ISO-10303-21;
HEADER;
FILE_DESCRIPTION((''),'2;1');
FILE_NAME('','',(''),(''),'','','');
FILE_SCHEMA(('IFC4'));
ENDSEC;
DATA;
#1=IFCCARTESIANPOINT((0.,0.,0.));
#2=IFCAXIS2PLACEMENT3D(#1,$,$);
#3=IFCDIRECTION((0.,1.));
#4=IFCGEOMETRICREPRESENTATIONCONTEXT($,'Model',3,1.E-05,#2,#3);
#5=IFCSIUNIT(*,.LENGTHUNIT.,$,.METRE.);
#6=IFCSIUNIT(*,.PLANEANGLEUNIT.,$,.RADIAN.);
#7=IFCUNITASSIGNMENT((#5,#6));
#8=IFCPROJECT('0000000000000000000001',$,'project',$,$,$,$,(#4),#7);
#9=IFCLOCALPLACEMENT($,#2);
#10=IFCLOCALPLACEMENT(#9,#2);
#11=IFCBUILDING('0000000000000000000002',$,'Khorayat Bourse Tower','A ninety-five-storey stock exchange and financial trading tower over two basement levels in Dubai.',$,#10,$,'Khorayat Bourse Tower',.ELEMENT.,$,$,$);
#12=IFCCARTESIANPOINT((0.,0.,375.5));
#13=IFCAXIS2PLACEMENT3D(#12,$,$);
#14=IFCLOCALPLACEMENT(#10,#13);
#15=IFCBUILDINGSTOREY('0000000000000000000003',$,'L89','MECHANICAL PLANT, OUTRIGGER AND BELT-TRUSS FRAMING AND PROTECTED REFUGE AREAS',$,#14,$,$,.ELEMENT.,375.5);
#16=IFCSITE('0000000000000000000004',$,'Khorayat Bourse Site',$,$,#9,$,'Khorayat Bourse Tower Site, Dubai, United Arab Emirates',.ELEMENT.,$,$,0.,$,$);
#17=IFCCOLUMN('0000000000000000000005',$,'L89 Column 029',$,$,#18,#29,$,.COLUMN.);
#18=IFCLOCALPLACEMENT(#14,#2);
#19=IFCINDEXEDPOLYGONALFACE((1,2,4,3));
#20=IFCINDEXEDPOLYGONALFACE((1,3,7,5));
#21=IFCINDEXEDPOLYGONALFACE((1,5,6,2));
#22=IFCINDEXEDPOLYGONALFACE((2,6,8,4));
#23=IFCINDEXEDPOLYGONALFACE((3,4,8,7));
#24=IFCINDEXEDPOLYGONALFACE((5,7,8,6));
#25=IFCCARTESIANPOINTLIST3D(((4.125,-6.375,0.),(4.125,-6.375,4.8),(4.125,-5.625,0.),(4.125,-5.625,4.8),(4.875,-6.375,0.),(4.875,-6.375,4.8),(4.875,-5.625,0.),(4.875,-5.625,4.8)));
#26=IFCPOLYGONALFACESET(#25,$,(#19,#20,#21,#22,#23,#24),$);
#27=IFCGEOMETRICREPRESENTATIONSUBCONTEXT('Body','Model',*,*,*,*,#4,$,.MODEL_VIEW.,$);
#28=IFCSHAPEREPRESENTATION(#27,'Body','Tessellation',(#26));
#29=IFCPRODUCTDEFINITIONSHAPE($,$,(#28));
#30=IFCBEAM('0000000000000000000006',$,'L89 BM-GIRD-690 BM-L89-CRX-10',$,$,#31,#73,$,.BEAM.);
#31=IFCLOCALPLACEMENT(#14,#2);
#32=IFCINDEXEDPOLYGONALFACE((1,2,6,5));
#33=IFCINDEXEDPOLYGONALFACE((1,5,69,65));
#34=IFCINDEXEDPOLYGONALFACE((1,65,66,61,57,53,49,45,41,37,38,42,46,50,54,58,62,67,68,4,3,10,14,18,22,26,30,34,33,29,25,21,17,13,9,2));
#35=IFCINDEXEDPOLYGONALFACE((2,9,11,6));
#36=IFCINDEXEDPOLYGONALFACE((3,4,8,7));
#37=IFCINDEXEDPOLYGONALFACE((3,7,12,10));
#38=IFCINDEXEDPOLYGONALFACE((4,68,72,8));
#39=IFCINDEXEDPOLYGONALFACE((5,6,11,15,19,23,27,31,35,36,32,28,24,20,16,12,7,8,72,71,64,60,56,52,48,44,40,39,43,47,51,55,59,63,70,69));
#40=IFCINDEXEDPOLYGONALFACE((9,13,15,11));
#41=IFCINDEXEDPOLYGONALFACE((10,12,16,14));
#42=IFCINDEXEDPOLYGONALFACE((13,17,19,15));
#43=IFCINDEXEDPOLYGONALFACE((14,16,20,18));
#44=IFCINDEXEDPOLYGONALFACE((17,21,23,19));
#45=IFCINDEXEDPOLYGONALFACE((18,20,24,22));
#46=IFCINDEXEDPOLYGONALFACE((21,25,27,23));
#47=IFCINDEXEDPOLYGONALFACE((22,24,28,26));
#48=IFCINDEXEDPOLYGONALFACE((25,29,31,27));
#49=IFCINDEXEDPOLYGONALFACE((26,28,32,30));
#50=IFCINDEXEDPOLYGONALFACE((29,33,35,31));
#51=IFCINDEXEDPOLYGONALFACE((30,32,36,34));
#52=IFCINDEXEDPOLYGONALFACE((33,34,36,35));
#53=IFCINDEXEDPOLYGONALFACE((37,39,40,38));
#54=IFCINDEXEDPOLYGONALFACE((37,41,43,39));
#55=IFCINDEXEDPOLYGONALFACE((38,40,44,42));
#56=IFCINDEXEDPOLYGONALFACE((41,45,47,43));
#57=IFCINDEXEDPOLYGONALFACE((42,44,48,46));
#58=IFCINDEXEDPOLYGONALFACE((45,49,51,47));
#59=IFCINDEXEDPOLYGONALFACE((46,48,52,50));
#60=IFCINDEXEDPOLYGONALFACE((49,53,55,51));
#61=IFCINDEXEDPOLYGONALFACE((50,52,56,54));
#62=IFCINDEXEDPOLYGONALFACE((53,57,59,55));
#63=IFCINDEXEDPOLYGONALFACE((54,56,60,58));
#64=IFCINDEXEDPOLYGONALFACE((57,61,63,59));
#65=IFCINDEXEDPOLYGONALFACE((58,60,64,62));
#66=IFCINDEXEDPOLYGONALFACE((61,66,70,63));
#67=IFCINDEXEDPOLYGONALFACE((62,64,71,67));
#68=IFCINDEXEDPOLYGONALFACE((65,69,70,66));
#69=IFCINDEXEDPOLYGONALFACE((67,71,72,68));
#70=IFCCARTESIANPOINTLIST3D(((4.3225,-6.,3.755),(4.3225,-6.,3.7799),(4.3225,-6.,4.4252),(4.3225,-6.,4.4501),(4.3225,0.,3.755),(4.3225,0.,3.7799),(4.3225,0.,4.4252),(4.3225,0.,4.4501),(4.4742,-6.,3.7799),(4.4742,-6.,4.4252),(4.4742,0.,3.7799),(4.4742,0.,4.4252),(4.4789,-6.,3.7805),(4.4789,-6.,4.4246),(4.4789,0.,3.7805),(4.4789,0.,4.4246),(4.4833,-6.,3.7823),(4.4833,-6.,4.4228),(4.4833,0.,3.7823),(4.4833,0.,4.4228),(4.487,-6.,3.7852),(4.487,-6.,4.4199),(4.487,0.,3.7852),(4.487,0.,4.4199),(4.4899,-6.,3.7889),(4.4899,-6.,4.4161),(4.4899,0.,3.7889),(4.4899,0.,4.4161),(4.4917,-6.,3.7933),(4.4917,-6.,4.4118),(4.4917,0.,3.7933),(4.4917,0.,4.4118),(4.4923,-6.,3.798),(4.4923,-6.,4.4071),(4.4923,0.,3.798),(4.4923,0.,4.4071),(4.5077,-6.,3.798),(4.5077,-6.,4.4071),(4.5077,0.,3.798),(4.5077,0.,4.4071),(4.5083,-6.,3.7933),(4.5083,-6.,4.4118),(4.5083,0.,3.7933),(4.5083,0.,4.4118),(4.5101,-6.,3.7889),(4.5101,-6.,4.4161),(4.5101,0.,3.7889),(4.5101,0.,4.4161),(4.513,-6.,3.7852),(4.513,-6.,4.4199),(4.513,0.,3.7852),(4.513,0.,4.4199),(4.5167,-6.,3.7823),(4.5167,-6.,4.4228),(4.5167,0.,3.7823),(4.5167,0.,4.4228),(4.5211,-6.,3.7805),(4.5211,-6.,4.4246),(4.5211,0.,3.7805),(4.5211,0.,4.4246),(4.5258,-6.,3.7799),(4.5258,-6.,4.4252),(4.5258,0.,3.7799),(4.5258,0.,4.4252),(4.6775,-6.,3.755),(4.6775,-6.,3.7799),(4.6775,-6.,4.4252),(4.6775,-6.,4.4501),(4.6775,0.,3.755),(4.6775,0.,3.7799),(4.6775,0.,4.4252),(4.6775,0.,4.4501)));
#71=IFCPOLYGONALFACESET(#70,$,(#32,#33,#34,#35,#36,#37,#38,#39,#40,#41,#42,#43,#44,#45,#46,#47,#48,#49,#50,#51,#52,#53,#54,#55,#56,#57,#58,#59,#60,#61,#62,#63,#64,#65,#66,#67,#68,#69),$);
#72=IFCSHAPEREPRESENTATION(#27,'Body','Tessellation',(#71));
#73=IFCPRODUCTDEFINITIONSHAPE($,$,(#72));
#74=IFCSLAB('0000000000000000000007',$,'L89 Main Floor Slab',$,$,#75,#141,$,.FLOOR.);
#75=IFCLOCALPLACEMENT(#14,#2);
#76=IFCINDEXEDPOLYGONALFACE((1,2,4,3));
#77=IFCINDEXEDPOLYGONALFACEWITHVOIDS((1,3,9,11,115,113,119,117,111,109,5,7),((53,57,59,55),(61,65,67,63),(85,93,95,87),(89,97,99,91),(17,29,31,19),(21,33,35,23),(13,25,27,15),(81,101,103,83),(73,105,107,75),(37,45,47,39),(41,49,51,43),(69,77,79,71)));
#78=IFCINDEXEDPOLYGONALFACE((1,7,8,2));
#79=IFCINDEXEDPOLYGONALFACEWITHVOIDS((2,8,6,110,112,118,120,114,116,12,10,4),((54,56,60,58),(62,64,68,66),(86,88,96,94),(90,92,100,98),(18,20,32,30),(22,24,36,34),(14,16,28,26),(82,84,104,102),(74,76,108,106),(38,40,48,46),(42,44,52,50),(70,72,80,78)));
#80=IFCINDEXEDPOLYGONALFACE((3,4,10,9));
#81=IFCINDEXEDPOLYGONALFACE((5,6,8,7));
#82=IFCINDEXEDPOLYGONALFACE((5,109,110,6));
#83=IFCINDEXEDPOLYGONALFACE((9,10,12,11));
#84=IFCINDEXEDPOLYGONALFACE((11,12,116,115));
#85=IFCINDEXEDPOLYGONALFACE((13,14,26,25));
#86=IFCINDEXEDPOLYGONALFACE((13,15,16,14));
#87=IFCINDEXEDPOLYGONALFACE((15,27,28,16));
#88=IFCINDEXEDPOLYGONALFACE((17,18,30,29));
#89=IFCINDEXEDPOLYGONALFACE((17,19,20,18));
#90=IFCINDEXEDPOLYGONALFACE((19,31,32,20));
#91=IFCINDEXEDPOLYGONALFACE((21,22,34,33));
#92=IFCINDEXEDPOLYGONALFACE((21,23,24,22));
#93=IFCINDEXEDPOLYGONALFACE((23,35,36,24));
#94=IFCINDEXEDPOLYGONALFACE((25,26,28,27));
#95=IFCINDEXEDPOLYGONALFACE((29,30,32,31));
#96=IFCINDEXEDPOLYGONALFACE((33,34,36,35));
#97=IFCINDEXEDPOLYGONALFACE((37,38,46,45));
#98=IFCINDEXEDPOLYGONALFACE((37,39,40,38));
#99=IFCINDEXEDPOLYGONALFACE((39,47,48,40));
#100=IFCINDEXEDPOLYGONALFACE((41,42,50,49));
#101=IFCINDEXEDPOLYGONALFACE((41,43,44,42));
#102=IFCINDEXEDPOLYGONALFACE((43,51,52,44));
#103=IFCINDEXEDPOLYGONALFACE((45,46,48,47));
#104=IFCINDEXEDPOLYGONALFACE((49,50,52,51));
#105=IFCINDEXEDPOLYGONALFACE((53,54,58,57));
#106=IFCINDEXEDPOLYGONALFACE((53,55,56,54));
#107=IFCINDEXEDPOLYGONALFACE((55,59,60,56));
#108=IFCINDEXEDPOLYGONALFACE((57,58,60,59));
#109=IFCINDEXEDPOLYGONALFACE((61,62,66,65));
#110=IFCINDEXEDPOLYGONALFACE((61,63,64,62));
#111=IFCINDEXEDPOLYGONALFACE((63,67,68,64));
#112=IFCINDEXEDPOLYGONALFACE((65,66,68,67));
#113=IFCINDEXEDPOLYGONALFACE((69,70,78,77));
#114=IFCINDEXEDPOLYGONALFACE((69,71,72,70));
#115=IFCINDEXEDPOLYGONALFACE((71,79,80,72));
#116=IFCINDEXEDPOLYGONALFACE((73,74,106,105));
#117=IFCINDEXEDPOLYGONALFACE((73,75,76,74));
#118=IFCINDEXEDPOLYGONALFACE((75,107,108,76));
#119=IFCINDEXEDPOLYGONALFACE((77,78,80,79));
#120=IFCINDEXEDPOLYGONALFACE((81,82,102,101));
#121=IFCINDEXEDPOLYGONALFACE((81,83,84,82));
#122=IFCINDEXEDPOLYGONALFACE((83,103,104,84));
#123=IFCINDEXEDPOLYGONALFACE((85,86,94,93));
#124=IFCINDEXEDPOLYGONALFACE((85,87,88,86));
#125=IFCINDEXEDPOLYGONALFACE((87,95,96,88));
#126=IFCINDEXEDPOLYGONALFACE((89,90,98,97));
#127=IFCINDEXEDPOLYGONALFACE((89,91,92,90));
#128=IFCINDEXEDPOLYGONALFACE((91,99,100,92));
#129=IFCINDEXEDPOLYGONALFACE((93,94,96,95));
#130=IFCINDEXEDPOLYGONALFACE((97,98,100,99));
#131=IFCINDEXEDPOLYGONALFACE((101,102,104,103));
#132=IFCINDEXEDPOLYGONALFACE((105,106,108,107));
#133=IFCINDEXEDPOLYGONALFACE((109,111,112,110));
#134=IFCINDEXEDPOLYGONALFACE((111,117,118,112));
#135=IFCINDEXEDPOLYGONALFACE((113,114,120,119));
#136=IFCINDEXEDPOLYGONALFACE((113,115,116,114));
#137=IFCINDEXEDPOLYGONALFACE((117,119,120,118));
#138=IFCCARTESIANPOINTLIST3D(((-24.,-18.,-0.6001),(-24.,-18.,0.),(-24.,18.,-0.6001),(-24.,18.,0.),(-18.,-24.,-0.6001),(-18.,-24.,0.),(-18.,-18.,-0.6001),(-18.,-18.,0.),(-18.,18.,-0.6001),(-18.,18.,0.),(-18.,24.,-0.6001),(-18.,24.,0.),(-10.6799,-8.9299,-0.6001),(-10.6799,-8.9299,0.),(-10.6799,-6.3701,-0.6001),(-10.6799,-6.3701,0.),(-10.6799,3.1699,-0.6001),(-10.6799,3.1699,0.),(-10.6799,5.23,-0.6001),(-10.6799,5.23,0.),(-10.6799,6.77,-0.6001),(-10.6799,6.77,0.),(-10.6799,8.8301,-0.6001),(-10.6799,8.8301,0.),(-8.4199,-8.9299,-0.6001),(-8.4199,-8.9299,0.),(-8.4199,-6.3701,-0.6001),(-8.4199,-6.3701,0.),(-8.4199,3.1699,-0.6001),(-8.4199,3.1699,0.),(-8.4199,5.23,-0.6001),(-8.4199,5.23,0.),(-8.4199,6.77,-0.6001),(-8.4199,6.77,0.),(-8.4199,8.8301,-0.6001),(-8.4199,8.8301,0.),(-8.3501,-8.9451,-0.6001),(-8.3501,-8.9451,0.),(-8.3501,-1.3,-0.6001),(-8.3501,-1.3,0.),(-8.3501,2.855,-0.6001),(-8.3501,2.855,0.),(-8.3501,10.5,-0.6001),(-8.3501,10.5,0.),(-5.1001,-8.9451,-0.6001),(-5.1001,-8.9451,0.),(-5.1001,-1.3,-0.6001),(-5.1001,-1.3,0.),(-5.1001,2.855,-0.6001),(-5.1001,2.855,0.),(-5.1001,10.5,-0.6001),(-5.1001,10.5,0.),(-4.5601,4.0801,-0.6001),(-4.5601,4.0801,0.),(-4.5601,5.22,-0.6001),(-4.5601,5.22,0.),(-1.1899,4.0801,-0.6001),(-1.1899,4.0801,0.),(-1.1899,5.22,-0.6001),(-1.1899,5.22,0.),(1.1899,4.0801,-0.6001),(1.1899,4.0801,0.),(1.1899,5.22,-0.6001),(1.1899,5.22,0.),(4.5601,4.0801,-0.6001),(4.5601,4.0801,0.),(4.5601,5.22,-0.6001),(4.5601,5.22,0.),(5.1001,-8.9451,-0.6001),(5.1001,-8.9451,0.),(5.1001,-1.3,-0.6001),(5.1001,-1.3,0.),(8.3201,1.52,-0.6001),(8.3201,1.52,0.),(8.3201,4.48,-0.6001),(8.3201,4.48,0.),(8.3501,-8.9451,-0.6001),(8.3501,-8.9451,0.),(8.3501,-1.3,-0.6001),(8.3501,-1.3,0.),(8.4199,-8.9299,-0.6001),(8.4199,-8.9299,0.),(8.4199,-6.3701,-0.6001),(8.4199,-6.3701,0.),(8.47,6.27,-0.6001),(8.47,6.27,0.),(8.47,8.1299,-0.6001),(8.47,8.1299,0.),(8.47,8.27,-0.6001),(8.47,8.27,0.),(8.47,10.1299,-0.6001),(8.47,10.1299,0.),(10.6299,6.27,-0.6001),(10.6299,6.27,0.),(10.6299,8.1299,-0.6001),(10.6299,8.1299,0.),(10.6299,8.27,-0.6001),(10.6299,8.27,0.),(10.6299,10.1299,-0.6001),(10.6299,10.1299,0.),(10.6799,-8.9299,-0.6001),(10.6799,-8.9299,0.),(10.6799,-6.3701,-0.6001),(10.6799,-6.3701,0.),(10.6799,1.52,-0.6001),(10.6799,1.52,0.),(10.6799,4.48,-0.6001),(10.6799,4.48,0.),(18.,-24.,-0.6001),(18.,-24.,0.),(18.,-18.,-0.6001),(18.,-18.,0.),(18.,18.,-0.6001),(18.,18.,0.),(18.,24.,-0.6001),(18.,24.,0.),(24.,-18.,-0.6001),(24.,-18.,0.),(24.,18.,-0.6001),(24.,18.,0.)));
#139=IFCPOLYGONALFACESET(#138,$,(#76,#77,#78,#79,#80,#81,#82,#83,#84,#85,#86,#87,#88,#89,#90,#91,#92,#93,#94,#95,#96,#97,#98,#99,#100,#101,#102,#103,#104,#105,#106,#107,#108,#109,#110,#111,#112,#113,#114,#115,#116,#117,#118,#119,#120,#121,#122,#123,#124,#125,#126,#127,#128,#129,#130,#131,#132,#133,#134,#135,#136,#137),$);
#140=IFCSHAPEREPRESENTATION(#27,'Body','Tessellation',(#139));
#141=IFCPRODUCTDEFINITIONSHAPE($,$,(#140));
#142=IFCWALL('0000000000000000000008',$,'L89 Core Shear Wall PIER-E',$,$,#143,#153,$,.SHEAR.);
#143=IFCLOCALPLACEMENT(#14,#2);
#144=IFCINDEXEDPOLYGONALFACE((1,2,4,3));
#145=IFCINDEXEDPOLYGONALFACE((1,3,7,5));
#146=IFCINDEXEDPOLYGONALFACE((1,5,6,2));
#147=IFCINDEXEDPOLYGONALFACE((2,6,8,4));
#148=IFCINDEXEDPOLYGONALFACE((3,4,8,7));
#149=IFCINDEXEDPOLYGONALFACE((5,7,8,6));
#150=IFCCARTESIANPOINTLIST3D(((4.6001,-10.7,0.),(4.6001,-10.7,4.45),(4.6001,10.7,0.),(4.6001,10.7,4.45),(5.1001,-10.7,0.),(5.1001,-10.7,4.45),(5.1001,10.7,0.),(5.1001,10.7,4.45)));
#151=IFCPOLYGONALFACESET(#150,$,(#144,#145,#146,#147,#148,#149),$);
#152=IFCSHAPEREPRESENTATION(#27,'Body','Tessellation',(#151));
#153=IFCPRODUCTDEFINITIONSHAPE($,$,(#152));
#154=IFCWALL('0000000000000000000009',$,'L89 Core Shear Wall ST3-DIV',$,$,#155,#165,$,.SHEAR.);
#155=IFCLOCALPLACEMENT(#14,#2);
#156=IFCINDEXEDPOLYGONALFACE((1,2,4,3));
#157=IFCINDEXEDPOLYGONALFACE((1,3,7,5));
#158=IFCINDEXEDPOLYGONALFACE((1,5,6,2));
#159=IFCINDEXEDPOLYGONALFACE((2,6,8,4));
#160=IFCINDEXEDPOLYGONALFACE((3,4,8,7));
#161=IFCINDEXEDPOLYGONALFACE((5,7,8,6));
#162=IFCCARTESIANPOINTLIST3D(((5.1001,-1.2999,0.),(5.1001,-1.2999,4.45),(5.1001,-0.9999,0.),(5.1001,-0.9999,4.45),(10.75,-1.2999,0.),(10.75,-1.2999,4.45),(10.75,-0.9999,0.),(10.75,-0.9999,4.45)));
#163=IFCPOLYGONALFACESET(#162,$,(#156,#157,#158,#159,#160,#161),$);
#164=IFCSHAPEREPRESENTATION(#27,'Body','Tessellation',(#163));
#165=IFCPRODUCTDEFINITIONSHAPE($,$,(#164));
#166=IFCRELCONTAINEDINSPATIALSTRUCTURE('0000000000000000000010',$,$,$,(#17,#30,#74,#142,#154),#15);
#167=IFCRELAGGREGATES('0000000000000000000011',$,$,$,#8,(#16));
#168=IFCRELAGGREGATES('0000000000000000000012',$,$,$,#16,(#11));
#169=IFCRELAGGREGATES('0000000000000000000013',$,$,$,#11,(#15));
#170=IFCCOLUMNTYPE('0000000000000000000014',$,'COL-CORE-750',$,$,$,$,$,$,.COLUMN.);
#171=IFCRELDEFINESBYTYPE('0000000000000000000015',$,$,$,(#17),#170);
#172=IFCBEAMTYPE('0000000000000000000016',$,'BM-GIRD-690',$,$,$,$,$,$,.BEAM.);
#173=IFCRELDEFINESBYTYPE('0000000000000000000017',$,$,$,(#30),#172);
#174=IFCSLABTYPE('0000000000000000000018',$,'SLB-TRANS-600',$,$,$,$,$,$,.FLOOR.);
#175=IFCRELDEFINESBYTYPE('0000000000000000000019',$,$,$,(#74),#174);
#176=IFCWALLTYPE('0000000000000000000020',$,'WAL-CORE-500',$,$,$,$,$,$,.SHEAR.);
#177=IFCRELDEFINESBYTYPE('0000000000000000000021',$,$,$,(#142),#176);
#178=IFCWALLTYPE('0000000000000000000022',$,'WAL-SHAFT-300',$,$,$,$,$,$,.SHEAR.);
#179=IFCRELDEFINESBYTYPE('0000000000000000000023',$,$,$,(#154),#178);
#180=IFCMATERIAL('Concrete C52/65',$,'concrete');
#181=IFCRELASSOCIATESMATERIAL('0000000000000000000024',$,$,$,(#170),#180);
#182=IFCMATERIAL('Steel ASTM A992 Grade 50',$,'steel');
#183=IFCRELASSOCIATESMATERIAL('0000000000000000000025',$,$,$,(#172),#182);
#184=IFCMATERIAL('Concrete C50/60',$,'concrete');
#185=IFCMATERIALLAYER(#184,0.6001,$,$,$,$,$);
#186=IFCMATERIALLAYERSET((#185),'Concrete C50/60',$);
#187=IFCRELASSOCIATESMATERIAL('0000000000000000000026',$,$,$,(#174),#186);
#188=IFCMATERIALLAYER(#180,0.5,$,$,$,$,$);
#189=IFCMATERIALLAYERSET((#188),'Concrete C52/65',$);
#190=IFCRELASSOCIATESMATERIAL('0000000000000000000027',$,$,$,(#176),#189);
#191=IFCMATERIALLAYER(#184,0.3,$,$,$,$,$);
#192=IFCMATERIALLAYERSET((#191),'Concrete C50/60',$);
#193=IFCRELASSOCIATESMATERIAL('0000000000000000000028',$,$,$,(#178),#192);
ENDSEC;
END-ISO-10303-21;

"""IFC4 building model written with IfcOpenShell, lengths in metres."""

from ifc_helpers import new_model, si_unit, direction, frame, frame_2d, origin, origin_2d, place, context, subcontext, project, spatial, polyline, rectangle, i_section, outline, extrude, source, transform, mapped, material, layer, layer_set, material_profile, profile_set, type_object, element, save


model = new_model("IFC4")

# Units and contexts
model_context = context("Model", 3, precision=1e-05, world=origin(), true_north=direction((0.0, 1.0)))
body_context = subcontext(model_context, "Body", "Model", "MODEL_VIEW")
ifc_project = project(units=[si_unit("LENGTHUNIT", "METRE"), si_unit("PLANEANGLEUNIT", "RADIAN")], contexts=[model_context])

# Site, building, storey
site_placement = place(None, origin())
site = spatial("IfcSite", under=ifc_project, at=site_placement, Name="Khorayat Bourse Site", LongName="Khorayat Bourse Tower Site, Dubai, United Arab Emirates", CompositionType="ELEMENT", RefElevation=0.0)
building_placement = place(site_placement, origin())
building = spatial("IfcBuilding", under=site, at=building_placement, Name="Khorayat Bourse Tower", Description="A ninety-five-storey stock exchange and financial trading tower over two basement levels in Dubai.", LongName="Khorayat Bourse Tower", CompositionType="ELEMENT")
storey_placement = place(building_placement, frame((0.0, 0.0, 375.5)))
storey = spatial("IfcBuildingStorey", under=building, at=storey_placement, Name="L89", Description="MECHANICAL PLANT, OUTRIGGER AND BELT-TRUSS FRAMING AND PROTECTED REFUGE AREAS", CompositionType="ELEMENT", Elevation=375.5)

# Column
ifc_material_1 = material(Name="Concrete C52/65", Category="concrete")
ifc_material_profile_1 = material_profile(ifc_material_1, rectangle(XDim=0.75, YDim=0.75, at=origin_2d()), Name="RC 750x750")
ifc_profile_set_1 = profile_set([ifc_material_profile_1], Name="Concrete C52/65")
column_type = type_object("IfcColumnType", Name="COL-CORE-750", PredefinedType="COLUMN", material=ifc_profile_set_1)
shared_shape_1 = source(origin(), body_context, "Body", "SweptSolid", [
    extrude(rectangle(XDim=0.75, YDim=0.75, at=origin_2d()), origin(), (0.0, 0.0, 1.0), 4.8),
])
column_placement = place(storey_placement, frame((4.5, -6.0, 0.0), z_axis=(0.0, 0.0, 1.0), x_axis=(1.0, 0.0, 0.0)))
element("IfcColumn", 1, at=column_placement, inside=storey, type_object=column_type, Name="L89 Column 029", PredefinedType="COLUMN", context=body_context, shape_type="MappedRepresentation", body=[
    mapped(shared_shape_1, transform((0.0, 0.0, 0.0), scale=1.0)),
])

# Beam
ifc_material_2 = material(Name="Steel ASTM A992 Grade 50", Category="steel")
ifc_material_profile_2 = material_profile(ifc_material_2, i_section(OverallWidth=0.355, OverallDepth=0.6951, WebThickness=0.0154, FlangeThickness=0.0249, FilletRadius=0.0181, at=origin_2d()), Name="W690X217")
ifc_profile_set_2 = profile_set([ifc_material_profile_2], Name="Steel ASTM A992 Grade 50")
beam_type = type_object("IfcBeamType", Name="BM-GIRD-690", PredefinedType="BEAM", material=ifc_profile_set_2)
shared_shape_2 = source(origin(), body_context, "Body", "SweptSolid", [
    extrude(i_section(OverallWidth=0.355, OverallDepth=0.6951, WebThickness=0.0154, FlangeThickness=0.0249, FilletRadius=0.0181, at=origin_2d()), origin(), (0.0, 0.0, 1.0), 6.0),
])
beam_placement = place(storey_placement, frame((4.5, -6.0, 4.1025), z_axis=(0.0, 1.0, 0.0), x_axis=(-1.0, 0.0, 0.0)))
element("IfcBeam", 2, at=beam_placement, inside=storey, type_object=beam_type, Name="L89 BM-GIRD-690 BM-L89-CRX-10", PredefinedType="BEAM", context=body_context, shape_type="MappedRepresentation", body=[
    mapped(shared_shape_2, transform((0.0, 0.0, 0.0), scale=1.0)),
])

# Slab
ifc_material_3 = material(Name="Concrete C50/60", Category="concrete")
ifc_layer_1 = layer(ifc_material_3, 0.6001)
ifc_layer_set_1 = layer_set([ifc_layer_1], Name="Concrete C50/60")
slab_type = type_object("IfcSlabType", Name="SLB-TRANS-600", PredefinedType="FLOOR", material=ifc_layer_set_1)
slab_placement = place(storey_placement, frame((0.0, 0.0, -0.6001)))
element("IfcSlab", 3, at=slab_placement, inside=storey, type_object=slab_type, Name="L89 Main Floor Slab", PredefinedType="FLOOR", context=body_context, shape_type="SweptSolid", body=[
    extrude(outline(polyline([(-18.0, -24.0), (18.0, -24.0), (18.0, -18.0), (24.0, -18.0), (24.0, 18.0), (18.0, 18.0), (18.0, 24.0), (-18.0, 24.0), (-18.0, 18.0), (-24.0, 18.0), (-24.0, -18.0), (-18.0, -18.0), (-18.0, -24.0)]), holes=[polyline([(-8.3501, -8.9451), (-5.1001, -8.9451), (-5.1001, -1.3), (-8.3501, -1.3), (-8.3501, -8.9451)]), polyline([(-8.3501, 2.855), (-5.1001, 2.855), (-5.1001, 10.5), (-8.3501, 10.5), (-8.3501, 2.855)]), polyline([(5.1001, -8.9451), (8.3501, -8.9451), (8.3501, -1.3), (5.1001, -1.3), (5.1001, -8.9451)]), polyline([(-10.6799, 3.1699), (-8.4199, 3.1699), (-8.4199, 5.23), (-10.6799, 5.23), (-10.6799, 3.1699)]), polyline([(-10.6799, 6.77), (-8.4199, 6.77), (-8.4199, 8.8301), (-10.6799, 8.8301), (-10.6799, 6.77)]), polyline([(8.47, 6.27), (10.6299, 6.27), (10.6299, 8.1299), (8.47, 8.1299), (8.47, 6.27)]), polyline([(8.47, 8.27), (10.6299, 8.27), (10.6299, 10.1299), (8.47, 10.1299), (8.47, 8.27)]), polyline([(-10.6799, -8.9299), (-8.4199, -8.9299), (-8.4199, -6.3701), (-10.6799, -6.3701), (-10.6799, -8.9299)]), polyline([(8.4199, -8.9299), (10.6799, -8.9299), (10.6799, -6.3701), (8.4199, -6.3701), (8.4199, -8.9299)]), polyline([(8.3201, 1.52), (10.6799, 1.52), (10.6799, 4.48), (8.3201, 4.48), (8.3201, 1.52)]), polyline([(-4.5601, 4.0801), (-1.1899, 4.0801), (-1.1899, 5.22), (-4.5601, 5.22), (-4.5601, 4.0801)]), polyline([(1.1899, 4.0801), (4.5601, 4.0801), (4.5601, 5.22), (1.1899, 5.22), (1.1899, 4.0801)])]), origin(), (0.0, 0.0, 1.0), 0.6001),
])

# Walls
ifc_layer_2 = layer(ifc_material_1, 0.5)
ifc_layer_set_2 = layer_set([ifc_layer_2], Name="Concrete C52/65")
wall_type_1 = type_object("IfcWallType", Name="WAL-CORE-500", PredefinedType="SHEAR", material=ifc_layer_set_2)
shared_shape_3 = source(origin(), body_context, "Body", "SweptSolid", [
    extrude(rectangle(XDim=21.3999, YDim=0.5, at=frame_2d((10.7, 0.0))), origin(), (0.0, 0.0, 1.0), 4.45),
])
wall_1_placement = place(storey_placement, frame((4.8501, -10.7, 0.0), z_axis=(0.0, 0.0, 1.0), x_axis=(0.0, 1.0, 0.0)))
element("IfcWall", 4, at=wall_1_placement, inside=storey, type_object=wall_type_1, Name="L89 Core Shear Wall PIER-E", PredefinedType="SHEAR", context=body_context, shape_type="MappedRepresentation", body=[
    mapped(shared_shape_3, transform((0.0, 0.0, 0.0), scale=1.0)),
])
ifc_layer_3 = layer(ifc_material_3, 0.3)
ifc_layer_set_3 = layer_set([ifc_layer_3], Name="Concrete C50/60")
wall_type_2 = type_object("IfcWallType", Name="WAL-SHAFT-300", PredefinedType="SHEAR", material=ifc_layer_set_3)
shared_shape_4 = source(origin(), body_context, "Body", "SweptSolid", [
    extrude(rectangle(XDim=5.6499, YDim=0.3, at=frame_2d((2.825, 0.0))), origin(), (0.0, 0.0, 1.0), 4.45),
])
wall_2_placement = place(storey_placement, frame((5.1001, -1.1499, 0.0), z_axis=(0.0, 0.0, 1.0), x_axis=(1.0, 0.0, 0.0)))
element("IfcWall", 5, at=wall_2_placement, inside=storey, type_object=wall_type_2, Name="L89 Core Shear Wall ST3-DIV", PredefinedType="SHEAR", context=body_context, shape_type="MappedRepresentation", body=[
    mapped(shared_shape_4, transform((0.0, 0.0, 0.0), scale=1.0)),
])

save(model, "model.ifc")
